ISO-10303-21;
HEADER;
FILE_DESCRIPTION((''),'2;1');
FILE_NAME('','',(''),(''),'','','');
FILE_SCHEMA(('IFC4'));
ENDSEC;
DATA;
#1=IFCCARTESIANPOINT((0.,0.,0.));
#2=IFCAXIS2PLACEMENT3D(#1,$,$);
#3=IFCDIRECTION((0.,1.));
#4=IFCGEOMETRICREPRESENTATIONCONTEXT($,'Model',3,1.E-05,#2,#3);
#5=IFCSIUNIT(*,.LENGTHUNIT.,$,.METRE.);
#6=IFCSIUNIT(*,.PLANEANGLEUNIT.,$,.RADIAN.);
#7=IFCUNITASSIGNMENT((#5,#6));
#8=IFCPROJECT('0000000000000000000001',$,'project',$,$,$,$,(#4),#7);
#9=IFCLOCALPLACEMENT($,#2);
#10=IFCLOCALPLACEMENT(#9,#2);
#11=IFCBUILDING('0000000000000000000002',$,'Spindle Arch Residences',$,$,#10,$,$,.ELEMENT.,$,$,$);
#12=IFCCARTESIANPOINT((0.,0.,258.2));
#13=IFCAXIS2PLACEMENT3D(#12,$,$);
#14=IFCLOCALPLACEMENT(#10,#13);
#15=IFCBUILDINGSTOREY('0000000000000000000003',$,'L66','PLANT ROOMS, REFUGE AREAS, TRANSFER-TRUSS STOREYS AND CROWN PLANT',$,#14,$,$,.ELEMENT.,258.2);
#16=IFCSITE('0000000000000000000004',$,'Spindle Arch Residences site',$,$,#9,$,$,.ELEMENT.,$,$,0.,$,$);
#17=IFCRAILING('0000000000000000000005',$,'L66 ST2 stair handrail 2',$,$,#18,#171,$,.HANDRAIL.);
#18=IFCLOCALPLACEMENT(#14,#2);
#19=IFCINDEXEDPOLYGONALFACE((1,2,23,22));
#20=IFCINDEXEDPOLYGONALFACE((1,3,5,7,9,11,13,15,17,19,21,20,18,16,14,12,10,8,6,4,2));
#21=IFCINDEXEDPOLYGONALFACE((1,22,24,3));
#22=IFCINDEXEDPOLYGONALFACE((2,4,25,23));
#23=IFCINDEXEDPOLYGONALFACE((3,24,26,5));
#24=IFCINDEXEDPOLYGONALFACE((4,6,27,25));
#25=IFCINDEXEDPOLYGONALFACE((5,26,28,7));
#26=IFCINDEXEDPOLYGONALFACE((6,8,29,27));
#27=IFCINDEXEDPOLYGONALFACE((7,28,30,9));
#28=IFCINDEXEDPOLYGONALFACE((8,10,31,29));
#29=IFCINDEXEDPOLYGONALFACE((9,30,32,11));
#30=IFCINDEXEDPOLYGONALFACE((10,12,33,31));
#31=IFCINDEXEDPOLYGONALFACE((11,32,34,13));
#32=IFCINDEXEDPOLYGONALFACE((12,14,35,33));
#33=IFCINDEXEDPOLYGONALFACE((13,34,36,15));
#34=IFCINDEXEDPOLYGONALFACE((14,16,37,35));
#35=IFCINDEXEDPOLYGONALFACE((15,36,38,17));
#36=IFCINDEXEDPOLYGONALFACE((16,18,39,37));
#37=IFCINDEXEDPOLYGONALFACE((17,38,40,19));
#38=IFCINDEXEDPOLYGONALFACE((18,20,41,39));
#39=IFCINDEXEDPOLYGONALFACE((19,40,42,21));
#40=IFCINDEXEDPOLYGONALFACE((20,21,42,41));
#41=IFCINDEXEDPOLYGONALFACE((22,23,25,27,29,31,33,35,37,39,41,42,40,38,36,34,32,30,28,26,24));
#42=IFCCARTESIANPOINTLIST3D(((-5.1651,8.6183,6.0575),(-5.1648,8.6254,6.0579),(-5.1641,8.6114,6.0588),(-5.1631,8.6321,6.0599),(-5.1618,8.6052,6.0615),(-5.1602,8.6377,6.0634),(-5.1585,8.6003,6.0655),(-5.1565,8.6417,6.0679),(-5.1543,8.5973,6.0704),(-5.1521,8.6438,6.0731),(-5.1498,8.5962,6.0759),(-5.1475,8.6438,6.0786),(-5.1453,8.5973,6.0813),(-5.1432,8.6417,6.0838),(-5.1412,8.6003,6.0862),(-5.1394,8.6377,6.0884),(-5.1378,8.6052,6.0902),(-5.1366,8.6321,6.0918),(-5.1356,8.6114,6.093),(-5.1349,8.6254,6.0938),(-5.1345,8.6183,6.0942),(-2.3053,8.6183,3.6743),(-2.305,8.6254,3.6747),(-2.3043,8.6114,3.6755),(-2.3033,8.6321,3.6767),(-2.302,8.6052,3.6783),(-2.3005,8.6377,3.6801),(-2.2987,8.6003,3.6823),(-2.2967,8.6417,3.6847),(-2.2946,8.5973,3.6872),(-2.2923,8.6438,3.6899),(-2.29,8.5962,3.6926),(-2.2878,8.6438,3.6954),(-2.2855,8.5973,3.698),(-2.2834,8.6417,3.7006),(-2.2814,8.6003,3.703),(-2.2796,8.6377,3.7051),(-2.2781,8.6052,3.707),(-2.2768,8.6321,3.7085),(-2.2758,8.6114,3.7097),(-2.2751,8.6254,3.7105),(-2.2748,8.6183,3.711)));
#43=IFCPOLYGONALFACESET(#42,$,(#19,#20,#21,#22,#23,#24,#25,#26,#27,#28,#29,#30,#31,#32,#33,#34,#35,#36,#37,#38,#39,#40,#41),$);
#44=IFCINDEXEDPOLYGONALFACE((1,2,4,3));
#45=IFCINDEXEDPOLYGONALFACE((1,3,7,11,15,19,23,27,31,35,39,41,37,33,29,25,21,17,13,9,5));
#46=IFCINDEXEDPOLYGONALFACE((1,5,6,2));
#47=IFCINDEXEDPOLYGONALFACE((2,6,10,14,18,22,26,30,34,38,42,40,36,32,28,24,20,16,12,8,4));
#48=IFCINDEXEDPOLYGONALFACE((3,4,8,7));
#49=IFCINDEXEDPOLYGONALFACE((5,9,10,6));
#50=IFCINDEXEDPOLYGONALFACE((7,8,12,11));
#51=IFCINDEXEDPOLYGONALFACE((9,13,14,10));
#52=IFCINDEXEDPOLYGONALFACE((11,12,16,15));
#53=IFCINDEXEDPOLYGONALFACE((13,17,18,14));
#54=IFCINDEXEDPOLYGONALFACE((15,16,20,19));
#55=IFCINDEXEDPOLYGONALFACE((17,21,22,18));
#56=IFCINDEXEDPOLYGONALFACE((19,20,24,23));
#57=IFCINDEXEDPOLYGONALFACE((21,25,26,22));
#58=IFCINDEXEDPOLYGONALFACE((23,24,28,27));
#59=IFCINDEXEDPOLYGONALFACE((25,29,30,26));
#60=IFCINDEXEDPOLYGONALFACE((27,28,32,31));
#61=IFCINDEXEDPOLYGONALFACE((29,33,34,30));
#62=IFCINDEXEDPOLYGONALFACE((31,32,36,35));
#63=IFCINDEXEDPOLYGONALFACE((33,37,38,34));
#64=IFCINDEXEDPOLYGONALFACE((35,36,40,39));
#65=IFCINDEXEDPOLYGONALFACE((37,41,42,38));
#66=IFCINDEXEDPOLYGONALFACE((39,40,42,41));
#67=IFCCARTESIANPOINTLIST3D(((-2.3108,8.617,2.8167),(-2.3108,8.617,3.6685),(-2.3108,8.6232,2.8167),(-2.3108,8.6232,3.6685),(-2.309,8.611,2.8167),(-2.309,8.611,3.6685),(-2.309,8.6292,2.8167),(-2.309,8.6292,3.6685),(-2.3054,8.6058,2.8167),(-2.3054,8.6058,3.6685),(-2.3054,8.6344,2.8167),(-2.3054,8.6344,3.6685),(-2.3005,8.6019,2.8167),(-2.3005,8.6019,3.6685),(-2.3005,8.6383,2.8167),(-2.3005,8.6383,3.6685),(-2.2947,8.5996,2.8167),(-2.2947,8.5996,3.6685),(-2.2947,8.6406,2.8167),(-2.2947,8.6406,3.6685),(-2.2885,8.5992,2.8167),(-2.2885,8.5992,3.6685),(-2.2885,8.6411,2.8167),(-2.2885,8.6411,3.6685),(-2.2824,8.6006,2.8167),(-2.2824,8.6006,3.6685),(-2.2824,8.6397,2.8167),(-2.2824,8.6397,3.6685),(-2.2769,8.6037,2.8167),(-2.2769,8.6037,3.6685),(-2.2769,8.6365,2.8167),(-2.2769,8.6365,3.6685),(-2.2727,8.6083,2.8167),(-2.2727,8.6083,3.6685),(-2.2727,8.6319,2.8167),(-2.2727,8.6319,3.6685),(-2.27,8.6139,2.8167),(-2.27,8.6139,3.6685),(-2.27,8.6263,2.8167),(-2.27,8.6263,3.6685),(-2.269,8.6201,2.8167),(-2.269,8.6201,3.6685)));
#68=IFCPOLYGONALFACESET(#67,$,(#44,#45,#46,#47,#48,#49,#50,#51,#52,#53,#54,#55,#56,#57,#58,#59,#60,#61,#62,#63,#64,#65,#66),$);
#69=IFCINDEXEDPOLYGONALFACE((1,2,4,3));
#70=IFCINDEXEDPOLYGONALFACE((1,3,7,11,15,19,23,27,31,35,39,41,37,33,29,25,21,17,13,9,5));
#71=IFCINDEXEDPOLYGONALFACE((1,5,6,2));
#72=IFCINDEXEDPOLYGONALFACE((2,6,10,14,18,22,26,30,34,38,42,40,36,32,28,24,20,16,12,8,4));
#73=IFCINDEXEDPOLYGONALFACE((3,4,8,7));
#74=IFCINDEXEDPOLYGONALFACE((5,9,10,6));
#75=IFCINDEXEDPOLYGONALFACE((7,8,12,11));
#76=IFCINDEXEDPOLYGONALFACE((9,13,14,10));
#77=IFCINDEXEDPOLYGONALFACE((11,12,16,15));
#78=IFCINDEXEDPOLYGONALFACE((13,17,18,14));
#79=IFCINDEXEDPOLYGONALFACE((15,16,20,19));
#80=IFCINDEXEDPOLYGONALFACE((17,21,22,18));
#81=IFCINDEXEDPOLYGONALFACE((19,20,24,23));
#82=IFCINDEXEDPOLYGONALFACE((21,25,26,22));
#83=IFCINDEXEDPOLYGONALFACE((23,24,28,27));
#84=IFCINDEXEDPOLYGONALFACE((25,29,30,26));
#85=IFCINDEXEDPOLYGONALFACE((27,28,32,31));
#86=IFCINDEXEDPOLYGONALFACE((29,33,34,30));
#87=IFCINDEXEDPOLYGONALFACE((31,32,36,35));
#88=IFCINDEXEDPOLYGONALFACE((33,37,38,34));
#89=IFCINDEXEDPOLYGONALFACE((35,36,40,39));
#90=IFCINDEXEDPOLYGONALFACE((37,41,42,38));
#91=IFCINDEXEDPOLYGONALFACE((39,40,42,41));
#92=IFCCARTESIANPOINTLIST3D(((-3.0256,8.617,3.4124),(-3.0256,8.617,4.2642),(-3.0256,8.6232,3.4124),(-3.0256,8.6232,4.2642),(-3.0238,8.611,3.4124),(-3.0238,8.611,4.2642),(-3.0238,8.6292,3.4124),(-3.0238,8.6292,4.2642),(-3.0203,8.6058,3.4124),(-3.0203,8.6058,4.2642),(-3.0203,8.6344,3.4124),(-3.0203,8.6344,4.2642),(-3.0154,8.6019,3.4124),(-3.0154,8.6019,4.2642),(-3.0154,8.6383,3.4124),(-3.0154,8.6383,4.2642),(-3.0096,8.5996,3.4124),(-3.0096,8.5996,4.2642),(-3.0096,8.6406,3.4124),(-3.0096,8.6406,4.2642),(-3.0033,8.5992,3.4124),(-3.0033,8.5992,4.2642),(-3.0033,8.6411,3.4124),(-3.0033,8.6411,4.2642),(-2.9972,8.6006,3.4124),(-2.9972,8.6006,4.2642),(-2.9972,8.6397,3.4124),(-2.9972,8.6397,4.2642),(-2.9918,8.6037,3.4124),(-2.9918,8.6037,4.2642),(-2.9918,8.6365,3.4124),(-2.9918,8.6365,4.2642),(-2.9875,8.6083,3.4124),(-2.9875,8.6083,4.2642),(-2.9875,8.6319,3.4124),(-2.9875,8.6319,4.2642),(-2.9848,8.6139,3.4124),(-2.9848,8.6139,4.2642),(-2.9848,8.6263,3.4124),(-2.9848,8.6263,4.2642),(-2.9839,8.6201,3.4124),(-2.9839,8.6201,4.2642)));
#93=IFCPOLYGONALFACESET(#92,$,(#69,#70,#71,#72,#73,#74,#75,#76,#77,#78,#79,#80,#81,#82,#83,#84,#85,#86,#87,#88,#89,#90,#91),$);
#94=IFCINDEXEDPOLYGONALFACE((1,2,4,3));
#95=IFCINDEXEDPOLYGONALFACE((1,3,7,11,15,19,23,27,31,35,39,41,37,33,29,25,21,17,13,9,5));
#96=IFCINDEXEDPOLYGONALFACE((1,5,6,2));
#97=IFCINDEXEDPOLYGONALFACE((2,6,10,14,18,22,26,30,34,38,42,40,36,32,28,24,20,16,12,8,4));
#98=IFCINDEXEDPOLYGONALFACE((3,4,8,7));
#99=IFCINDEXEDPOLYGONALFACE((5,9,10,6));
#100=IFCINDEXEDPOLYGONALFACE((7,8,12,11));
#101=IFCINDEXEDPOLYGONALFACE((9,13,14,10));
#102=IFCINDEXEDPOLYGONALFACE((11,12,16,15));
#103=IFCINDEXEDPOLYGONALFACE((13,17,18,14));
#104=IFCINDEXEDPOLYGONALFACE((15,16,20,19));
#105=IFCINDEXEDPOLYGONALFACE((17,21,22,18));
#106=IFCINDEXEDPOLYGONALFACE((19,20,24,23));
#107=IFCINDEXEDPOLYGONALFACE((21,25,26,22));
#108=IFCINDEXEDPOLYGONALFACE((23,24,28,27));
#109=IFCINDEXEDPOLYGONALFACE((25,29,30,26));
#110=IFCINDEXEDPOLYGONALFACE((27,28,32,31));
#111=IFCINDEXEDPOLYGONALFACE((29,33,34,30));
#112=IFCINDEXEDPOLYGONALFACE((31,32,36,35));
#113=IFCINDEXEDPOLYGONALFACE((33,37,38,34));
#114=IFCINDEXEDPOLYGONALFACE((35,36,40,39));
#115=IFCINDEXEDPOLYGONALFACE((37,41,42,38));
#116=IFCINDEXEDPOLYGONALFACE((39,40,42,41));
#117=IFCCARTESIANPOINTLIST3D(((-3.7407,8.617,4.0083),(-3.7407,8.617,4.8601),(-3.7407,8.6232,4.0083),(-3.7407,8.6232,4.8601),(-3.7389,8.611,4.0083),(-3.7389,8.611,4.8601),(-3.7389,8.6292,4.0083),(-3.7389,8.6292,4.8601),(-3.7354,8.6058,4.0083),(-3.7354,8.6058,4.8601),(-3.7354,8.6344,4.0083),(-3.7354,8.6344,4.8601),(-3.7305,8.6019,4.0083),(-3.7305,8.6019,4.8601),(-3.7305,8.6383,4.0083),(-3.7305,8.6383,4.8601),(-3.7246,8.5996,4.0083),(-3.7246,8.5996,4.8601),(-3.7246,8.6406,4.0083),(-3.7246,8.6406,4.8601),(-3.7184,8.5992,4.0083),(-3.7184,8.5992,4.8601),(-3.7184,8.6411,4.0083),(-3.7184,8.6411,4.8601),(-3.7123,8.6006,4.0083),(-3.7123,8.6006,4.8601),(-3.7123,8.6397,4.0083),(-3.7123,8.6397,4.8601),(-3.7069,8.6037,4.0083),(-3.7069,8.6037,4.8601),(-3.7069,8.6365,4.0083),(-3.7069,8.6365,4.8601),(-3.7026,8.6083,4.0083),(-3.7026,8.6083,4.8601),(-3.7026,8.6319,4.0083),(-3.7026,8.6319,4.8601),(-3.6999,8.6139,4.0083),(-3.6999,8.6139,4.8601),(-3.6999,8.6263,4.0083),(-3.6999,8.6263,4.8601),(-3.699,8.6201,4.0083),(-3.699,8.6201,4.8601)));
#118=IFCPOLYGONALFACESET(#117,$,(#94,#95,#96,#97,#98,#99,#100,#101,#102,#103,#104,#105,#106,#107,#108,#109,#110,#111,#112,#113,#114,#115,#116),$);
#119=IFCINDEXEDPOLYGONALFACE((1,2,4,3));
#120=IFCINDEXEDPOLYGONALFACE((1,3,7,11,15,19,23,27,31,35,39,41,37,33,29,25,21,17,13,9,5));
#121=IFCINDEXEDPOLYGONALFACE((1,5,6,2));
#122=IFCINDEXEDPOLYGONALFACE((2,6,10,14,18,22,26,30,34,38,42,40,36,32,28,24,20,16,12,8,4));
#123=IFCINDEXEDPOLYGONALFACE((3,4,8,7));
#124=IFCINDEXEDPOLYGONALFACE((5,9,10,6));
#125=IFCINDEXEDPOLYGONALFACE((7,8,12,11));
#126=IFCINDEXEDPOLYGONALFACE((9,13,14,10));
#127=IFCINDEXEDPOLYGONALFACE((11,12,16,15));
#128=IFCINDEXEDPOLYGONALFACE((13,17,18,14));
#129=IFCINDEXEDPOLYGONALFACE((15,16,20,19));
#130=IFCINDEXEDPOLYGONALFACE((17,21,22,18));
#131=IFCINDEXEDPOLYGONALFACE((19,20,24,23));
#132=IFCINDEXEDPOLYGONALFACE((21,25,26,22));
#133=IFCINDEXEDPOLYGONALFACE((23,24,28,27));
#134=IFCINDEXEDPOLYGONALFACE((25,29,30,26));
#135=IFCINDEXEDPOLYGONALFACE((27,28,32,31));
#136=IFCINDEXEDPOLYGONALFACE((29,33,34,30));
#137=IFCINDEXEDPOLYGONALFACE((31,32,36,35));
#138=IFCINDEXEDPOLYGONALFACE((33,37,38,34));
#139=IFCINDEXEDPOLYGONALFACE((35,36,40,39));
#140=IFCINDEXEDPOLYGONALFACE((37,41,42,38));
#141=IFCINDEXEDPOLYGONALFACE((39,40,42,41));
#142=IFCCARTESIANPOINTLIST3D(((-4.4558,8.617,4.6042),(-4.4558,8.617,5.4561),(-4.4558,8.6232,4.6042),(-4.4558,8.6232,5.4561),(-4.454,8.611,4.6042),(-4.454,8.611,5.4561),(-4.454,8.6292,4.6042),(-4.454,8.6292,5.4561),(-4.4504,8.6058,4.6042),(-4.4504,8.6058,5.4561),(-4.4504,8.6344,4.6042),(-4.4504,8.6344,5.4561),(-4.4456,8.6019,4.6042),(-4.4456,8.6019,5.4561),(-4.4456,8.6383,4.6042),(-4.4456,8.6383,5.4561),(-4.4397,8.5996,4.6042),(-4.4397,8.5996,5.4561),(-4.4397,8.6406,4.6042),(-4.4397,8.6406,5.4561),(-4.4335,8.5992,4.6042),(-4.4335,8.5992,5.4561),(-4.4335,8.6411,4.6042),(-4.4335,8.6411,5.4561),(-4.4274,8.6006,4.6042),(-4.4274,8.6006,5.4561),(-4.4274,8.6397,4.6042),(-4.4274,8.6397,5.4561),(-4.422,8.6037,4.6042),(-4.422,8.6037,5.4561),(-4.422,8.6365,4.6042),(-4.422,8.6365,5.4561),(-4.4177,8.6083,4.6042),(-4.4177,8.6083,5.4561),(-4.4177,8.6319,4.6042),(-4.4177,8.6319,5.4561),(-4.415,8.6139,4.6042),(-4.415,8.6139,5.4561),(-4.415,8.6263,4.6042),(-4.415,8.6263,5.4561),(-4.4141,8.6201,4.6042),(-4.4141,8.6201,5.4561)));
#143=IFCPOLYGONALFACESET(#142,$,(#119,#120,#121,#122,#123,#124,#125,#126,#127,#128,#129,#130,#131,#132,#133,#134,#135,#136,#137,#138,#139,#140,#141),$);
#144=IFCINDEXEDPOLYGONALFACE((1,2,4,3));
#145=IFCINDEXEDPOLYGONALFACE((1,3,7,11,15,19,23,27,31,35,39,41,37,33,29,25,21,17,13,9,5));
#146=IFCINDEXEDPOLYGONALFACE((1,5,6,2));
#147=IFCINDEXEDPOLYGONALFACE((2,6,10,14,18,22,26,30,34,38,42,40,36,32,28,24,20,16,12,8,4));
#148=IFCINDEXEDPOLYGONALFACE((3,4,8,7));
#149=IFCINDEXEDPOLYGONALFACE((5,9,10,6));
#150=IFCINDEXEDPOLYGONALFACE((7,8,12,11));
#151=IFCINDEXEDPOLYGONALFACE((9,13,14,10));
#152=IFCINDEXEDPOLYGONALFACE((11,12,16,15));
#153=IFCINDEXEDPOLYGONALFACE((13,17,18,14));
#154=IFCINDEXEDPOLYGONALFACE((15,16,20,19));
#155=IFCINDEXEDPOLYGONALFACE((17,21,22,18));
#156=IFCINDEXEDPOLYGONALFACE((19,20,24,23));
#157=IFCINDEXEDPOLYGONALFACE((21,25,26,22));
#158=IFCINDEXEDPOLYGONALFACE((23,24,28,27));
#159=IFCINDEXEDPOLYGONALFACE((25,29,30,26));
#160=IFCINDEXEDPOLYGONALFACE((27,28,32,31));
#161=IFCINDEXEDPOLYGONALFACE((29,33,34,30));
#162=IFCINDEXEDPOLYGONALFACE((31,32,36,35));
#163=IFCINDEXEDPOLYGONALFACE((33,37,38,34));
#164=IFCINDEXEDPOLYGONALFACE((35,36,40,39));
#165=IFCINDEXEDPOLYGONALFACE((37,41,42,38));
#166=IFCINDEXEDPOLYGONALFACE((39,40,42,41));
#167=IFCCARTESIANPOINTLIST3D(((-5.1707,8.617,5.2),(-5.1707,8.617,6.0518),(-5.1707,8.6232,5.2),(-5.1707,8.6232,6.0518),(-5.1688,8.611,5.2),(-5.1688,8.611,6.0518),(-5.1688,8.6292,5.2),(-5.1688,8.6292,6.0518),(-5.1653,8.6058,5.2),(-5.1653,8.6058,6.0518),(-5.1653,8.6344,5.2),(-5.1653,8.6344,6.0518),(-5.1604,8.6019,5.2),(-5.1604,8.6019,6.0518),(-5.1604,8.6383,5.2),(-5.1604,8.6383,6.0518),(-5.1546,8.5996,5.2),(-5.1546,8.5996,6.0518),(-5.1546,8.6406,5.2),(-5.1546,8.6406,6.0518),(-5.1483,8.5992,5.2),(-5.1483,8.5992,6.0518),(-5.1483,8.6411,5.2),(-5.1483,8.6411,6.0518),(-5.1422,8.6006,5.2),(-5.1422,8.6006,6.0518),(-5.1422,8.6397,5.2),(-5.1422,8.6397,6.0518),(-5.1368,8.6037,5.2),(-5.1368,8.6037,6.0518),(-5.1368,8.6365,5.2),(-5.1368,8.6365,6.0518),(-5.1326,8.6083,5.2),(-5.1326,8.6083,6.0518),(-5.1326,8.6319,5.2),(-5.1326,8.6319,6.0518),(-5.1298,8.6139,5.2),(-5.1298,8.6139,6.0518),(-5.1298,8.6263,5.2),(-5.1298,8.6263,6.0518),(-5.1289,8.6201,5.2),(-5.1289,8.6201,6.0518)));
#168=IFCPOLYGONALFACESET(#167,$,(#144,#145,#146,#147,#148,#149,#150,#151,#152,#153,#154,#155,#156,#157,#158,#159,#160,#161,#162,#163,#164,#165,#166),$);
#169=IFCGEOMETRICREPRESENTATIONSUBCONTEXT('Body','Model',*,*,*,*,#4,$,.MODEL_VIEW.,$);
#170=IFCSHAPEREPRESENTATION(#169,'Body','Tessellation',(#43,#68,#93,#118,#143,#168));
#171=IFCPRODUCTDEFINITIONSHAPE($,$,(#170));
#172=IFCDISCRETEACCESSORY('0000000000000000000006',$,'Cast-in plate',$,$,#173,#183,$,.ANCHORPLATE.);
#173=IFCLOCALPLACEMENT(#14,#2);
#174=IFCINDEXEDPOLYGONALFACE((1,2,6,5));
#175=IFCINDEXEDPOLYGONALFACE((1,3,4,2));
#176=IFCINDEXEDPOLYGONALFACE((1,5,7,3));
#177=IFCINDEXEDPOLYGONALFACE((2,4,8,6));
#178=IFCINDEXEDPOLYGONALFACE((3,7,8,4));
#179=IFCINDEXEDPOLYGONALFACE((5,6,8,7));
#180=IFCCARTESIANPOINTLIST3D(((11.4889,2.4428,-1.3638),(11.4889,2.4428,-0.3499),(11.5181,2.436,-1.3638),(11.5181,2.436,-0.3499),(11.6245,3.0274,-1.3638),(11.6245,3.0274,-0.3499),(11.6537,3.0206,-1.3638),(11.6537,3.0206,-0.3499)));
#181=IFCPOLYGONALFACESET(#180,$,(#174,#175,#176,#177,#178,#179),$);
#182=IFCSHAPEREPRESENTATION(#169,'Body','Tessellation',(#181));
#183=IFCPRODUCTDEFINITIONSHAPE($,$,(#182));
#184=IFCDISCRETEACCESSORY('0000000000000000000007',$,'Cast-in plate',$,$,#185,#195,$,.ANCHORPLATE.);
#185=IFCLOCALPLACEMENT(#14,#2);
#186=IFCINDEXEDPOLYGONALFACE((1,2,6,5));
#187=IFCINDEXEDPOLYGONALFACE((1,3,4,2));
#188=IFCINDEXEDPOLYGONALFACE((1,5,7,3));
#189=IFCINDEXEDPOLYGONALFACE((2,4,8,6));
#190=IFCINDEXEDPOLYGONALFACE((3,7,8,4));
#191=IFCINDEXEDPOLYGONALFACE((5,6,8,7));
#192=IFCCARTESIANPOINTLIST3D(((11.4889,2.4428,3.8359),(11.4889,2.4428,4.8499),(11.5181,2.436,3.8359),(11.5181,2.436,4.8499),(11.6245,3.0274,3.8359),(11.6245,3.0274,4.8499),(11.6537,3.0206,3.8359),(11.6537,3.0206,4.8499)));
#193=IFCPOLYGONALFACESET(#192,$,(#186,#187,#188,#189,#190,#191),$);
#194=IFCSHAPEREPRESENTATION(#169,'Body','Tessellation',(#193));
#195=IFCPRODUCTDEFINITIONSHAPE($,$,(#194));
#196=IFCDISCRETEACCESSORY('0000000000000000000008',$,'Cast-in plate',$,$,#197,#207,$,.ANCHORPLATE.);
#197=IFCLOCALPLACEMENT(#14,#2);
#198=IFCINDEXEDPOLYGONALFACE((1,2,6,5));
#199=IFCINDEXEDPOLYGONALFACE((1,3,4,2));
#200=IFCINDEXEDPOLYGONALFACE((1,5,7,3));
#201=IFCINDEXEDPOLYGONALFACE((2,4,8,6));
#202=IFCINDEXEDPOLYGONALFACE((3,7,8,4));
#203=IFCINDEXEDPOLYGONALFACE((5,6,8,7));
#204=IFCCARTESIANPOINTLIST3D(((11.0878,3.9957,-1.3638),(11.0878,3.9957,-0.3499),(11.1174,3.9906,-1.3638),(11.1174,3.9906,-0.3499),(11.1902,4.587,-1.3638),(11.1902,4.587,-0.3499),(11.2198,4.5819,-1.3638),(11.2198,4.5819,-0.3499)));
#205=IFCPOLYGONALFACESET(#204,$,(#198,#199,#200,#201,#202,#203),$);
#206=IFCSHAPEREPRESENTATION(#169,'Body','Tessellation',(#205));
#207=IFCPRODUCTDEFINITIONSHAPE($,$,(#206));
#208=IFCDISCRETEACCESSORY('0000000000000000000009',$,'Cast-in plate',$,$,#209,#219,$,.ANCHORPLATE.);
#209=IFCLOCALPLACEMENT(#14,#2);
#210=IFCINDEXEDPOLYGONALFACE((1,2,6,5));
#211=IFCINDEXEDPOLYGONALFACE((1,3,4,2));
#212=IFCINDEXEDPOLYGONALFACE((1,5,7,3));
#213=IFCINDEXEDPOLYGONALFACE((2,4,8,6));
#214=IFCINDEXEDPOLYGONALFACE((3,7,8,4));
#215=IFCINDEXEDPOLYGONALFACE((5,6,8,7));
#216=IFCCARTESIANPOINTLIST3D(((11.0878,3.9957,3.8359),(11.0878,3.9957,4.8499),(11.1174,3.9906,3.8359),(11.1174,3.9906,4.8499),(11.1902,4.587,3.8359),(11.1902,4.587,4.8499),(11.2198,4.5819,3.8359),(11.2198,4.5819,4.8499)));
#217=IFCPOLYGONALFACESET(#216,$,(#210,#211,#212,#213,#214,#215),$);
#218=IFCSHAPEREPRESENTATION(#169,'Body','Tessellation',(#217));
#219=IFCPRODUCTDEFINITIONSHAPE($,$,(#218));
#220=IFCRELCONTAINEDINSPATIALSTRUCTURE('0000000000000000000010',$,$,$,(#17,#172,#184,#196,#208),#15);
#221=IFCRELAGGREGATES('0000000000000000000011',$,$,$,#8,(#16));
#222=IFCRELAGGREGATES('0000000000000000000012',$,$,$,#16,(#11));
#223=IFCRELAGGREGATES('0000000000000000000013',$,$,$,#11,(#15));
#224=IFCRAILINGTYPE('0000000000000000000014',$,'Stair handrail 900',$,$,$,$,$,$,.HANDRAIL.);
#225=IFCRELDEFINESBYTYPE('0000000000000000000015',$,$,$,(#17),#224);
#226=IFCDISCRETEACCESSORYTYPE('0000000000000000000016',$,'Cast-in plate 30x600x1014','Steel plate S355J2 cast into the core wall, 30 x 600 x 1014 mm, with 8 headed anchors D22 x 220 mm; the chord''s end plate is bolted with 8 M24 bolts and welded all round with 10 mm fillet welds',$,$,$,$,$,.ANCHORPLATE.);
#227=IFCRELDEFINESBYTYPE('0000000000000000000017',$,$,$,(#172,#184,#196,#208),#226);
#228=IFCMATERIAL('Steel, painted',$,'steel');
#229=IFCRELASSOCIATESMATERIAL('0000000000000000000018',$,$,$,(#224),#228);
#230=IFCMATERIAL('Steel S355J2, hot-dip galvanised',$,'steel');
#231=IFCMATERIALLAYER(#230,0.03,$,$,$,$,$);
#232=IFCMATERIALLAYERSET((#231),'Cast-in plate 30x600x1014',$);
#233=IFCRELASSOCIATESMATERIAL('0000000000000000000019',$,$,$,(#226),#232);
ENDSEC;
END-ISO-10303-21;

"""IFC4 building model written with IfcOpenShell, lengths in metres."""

from ifc_helpers import new_model, si_unit, direction, frame, origin, origin_2d, place, context, subcontext, project, spatial, rectangle, circle, extrude, material, layer, layer_set, type_object, element, save


model = new_model("IFC4")

# Units and contexts
model_context = context("Model", 3, precision=1e-05, world=origin(), true_north=direction((0.0, 1.0)))
body_context = subcontext(model_context, "Body", "Model", "MODEL_VIEW")
ifc_project = project(units=[si_unit("LENGTHUNIT", "METRE"), si_unit("PLANEANGLEUNIT", "RADIAN")], contexts=[model_context])

# Site, building, storey
site_placement = place(None, origin())
site = spatial("IfcSite", under=ifc_project, at=site_placement, Name="Spindle Arch Residences site", CompositionType="ELEMENT", RefElevation=0.0)
building_placement = place(site_placement, origin())
building = spatial("IfcBuilding", under=site, at=building_placement, Name="Spindle Arch Residences", CompositionType="ELEMENT")
storey_placement = place(building_placement, frame((0.0, 0.0, 258.2)))
storey = spatial("IfcBuildingStorey", under=building, at=storey_placement, Name="L66", Description="PLANT ROOMS, REFUGE AREAS, TRANSFER-TRUSS STOREYS AND CROWN PLANT", CompositionType="ELEMENT", Elevation=258.2)

# Railing
ifc_material_1 = material(Name="Steel, painted", Category="steel")
railing_type_1 = type_object("IfcRailingType", Name="Stair handrail 900", PredefinedType="HANDRAIL", material=ifc_material_1)
railing_1_placement = place(storey_placement, frame((-2.29, 8.6201, 2.8167)))
element("IfcRailing", 1, at=railing_1_placement, inside=storey, type_object=railing_type_1, Name="L66 ST2 stair handrail 2", PredefinedType="HANDRAIL", context=body_context, shape_type="SweptSolid", body=[
    extrude(circle(Radius=0.0239, at=origin_2d()), frame((0.0, 0.0, 0.876), z_axis=(-0.768211, 0.0, 0.640197), x_axis=(0.0, -1.0, 0.0)), (0.0, 0.0, 1.0), 3.7227),
    extrude(circle(Radius=0.021, at=origin_2d()), origin(), (0.0, 0.0, 1.0), 0.8518),
    extrude(circle(Radius=0.021, at=origin_2d()), frame((-0.7148, 0.0, 0.5957)), (0.0, 0.0, 1.0), 0.8518),
    extrude(circle(Radius=0.021, at=origin_2d()), frame((-1.4299, 0.0, 1.1917)), (0.0, 0.0, 1.0), 0.8518),
    extrude(circle(Radius=0.021, at=origin_2d()), frame((-2.145, 0.0, 1.7876)), (0.0, 0.0, 1.0), 0.8518),
    extrude(circle(Radius=0.021, at=origin_2d()), frame((-2.8599, 0.0, 2.3833)), (0.0, 0.0, 1.0), 0.8518),
])

# Discrete accessories
ifc_material_2 = material(Name="Steel S355J2, hot-dip galvanised", Category="steel")
ifc_layer_1 = layer(ifc_material_2, 0.03)
ifc_layer_set_1 = layer_set([ifc_layer_1], Name="Cast-in plate 30x600x1014")
discrete_accessory_type = type_object("IfcDiscreteAccessoryType", Name="Cast-in plate 30x600x1014", Description="Steel plate S355J2 cast into the core wall, 30 x 600 x 1014 mm, with 8 headed anchors D22 x 220 mm; the chord's end plate is bolted with 8 M24 bolts and welded all round with 10 mm fillet welds", PredefinedType="ANCHORPLATE", material=ifc_layer_set_1)
for number, where, z_axis, x_axis, name in (
    (2, (11.5713, 2.7317, -1.3638), (0.0, 0.0, 1.0), (0.974136, -0.225961, 0.0), "Cast-in plate"),
    (3, (11.5713, 2.7317, 3.8359), (0.0, 0.0, 1.0), (0.974136, -0.225961, 0.0), "Cast-in plate"),
    (4, (11.1538, 4.2888, -1.3638), (0.0, 0.0, 1.0), (0.985323, -0.170698, 0.0), "Cast-in plate"),
    (5, (11.1538, 4.2888, 3.8359), (0.0, 0.0, 1.0), (0.985323, -0.170698, 0.0), "Cast-in plate"),
):
    element("IfcDiscreteAccessory", number, at=place(storey_placement, frame(where, z_axis=z_axis, x_axis=x_axis)), inside=storey, type_object=discrete_accessory_type, Name=name, PredefinedType="ANCHORPLATE", context=body_context, shape_type="SweptSolid", body=[
        extrude(rectangle(XDim=0.03, YDim=0.6001, at=origin_2d()), origin(), (0.0, 0.0, 1.0), 1.0139),
    ])

save(model, "model.ifc")
